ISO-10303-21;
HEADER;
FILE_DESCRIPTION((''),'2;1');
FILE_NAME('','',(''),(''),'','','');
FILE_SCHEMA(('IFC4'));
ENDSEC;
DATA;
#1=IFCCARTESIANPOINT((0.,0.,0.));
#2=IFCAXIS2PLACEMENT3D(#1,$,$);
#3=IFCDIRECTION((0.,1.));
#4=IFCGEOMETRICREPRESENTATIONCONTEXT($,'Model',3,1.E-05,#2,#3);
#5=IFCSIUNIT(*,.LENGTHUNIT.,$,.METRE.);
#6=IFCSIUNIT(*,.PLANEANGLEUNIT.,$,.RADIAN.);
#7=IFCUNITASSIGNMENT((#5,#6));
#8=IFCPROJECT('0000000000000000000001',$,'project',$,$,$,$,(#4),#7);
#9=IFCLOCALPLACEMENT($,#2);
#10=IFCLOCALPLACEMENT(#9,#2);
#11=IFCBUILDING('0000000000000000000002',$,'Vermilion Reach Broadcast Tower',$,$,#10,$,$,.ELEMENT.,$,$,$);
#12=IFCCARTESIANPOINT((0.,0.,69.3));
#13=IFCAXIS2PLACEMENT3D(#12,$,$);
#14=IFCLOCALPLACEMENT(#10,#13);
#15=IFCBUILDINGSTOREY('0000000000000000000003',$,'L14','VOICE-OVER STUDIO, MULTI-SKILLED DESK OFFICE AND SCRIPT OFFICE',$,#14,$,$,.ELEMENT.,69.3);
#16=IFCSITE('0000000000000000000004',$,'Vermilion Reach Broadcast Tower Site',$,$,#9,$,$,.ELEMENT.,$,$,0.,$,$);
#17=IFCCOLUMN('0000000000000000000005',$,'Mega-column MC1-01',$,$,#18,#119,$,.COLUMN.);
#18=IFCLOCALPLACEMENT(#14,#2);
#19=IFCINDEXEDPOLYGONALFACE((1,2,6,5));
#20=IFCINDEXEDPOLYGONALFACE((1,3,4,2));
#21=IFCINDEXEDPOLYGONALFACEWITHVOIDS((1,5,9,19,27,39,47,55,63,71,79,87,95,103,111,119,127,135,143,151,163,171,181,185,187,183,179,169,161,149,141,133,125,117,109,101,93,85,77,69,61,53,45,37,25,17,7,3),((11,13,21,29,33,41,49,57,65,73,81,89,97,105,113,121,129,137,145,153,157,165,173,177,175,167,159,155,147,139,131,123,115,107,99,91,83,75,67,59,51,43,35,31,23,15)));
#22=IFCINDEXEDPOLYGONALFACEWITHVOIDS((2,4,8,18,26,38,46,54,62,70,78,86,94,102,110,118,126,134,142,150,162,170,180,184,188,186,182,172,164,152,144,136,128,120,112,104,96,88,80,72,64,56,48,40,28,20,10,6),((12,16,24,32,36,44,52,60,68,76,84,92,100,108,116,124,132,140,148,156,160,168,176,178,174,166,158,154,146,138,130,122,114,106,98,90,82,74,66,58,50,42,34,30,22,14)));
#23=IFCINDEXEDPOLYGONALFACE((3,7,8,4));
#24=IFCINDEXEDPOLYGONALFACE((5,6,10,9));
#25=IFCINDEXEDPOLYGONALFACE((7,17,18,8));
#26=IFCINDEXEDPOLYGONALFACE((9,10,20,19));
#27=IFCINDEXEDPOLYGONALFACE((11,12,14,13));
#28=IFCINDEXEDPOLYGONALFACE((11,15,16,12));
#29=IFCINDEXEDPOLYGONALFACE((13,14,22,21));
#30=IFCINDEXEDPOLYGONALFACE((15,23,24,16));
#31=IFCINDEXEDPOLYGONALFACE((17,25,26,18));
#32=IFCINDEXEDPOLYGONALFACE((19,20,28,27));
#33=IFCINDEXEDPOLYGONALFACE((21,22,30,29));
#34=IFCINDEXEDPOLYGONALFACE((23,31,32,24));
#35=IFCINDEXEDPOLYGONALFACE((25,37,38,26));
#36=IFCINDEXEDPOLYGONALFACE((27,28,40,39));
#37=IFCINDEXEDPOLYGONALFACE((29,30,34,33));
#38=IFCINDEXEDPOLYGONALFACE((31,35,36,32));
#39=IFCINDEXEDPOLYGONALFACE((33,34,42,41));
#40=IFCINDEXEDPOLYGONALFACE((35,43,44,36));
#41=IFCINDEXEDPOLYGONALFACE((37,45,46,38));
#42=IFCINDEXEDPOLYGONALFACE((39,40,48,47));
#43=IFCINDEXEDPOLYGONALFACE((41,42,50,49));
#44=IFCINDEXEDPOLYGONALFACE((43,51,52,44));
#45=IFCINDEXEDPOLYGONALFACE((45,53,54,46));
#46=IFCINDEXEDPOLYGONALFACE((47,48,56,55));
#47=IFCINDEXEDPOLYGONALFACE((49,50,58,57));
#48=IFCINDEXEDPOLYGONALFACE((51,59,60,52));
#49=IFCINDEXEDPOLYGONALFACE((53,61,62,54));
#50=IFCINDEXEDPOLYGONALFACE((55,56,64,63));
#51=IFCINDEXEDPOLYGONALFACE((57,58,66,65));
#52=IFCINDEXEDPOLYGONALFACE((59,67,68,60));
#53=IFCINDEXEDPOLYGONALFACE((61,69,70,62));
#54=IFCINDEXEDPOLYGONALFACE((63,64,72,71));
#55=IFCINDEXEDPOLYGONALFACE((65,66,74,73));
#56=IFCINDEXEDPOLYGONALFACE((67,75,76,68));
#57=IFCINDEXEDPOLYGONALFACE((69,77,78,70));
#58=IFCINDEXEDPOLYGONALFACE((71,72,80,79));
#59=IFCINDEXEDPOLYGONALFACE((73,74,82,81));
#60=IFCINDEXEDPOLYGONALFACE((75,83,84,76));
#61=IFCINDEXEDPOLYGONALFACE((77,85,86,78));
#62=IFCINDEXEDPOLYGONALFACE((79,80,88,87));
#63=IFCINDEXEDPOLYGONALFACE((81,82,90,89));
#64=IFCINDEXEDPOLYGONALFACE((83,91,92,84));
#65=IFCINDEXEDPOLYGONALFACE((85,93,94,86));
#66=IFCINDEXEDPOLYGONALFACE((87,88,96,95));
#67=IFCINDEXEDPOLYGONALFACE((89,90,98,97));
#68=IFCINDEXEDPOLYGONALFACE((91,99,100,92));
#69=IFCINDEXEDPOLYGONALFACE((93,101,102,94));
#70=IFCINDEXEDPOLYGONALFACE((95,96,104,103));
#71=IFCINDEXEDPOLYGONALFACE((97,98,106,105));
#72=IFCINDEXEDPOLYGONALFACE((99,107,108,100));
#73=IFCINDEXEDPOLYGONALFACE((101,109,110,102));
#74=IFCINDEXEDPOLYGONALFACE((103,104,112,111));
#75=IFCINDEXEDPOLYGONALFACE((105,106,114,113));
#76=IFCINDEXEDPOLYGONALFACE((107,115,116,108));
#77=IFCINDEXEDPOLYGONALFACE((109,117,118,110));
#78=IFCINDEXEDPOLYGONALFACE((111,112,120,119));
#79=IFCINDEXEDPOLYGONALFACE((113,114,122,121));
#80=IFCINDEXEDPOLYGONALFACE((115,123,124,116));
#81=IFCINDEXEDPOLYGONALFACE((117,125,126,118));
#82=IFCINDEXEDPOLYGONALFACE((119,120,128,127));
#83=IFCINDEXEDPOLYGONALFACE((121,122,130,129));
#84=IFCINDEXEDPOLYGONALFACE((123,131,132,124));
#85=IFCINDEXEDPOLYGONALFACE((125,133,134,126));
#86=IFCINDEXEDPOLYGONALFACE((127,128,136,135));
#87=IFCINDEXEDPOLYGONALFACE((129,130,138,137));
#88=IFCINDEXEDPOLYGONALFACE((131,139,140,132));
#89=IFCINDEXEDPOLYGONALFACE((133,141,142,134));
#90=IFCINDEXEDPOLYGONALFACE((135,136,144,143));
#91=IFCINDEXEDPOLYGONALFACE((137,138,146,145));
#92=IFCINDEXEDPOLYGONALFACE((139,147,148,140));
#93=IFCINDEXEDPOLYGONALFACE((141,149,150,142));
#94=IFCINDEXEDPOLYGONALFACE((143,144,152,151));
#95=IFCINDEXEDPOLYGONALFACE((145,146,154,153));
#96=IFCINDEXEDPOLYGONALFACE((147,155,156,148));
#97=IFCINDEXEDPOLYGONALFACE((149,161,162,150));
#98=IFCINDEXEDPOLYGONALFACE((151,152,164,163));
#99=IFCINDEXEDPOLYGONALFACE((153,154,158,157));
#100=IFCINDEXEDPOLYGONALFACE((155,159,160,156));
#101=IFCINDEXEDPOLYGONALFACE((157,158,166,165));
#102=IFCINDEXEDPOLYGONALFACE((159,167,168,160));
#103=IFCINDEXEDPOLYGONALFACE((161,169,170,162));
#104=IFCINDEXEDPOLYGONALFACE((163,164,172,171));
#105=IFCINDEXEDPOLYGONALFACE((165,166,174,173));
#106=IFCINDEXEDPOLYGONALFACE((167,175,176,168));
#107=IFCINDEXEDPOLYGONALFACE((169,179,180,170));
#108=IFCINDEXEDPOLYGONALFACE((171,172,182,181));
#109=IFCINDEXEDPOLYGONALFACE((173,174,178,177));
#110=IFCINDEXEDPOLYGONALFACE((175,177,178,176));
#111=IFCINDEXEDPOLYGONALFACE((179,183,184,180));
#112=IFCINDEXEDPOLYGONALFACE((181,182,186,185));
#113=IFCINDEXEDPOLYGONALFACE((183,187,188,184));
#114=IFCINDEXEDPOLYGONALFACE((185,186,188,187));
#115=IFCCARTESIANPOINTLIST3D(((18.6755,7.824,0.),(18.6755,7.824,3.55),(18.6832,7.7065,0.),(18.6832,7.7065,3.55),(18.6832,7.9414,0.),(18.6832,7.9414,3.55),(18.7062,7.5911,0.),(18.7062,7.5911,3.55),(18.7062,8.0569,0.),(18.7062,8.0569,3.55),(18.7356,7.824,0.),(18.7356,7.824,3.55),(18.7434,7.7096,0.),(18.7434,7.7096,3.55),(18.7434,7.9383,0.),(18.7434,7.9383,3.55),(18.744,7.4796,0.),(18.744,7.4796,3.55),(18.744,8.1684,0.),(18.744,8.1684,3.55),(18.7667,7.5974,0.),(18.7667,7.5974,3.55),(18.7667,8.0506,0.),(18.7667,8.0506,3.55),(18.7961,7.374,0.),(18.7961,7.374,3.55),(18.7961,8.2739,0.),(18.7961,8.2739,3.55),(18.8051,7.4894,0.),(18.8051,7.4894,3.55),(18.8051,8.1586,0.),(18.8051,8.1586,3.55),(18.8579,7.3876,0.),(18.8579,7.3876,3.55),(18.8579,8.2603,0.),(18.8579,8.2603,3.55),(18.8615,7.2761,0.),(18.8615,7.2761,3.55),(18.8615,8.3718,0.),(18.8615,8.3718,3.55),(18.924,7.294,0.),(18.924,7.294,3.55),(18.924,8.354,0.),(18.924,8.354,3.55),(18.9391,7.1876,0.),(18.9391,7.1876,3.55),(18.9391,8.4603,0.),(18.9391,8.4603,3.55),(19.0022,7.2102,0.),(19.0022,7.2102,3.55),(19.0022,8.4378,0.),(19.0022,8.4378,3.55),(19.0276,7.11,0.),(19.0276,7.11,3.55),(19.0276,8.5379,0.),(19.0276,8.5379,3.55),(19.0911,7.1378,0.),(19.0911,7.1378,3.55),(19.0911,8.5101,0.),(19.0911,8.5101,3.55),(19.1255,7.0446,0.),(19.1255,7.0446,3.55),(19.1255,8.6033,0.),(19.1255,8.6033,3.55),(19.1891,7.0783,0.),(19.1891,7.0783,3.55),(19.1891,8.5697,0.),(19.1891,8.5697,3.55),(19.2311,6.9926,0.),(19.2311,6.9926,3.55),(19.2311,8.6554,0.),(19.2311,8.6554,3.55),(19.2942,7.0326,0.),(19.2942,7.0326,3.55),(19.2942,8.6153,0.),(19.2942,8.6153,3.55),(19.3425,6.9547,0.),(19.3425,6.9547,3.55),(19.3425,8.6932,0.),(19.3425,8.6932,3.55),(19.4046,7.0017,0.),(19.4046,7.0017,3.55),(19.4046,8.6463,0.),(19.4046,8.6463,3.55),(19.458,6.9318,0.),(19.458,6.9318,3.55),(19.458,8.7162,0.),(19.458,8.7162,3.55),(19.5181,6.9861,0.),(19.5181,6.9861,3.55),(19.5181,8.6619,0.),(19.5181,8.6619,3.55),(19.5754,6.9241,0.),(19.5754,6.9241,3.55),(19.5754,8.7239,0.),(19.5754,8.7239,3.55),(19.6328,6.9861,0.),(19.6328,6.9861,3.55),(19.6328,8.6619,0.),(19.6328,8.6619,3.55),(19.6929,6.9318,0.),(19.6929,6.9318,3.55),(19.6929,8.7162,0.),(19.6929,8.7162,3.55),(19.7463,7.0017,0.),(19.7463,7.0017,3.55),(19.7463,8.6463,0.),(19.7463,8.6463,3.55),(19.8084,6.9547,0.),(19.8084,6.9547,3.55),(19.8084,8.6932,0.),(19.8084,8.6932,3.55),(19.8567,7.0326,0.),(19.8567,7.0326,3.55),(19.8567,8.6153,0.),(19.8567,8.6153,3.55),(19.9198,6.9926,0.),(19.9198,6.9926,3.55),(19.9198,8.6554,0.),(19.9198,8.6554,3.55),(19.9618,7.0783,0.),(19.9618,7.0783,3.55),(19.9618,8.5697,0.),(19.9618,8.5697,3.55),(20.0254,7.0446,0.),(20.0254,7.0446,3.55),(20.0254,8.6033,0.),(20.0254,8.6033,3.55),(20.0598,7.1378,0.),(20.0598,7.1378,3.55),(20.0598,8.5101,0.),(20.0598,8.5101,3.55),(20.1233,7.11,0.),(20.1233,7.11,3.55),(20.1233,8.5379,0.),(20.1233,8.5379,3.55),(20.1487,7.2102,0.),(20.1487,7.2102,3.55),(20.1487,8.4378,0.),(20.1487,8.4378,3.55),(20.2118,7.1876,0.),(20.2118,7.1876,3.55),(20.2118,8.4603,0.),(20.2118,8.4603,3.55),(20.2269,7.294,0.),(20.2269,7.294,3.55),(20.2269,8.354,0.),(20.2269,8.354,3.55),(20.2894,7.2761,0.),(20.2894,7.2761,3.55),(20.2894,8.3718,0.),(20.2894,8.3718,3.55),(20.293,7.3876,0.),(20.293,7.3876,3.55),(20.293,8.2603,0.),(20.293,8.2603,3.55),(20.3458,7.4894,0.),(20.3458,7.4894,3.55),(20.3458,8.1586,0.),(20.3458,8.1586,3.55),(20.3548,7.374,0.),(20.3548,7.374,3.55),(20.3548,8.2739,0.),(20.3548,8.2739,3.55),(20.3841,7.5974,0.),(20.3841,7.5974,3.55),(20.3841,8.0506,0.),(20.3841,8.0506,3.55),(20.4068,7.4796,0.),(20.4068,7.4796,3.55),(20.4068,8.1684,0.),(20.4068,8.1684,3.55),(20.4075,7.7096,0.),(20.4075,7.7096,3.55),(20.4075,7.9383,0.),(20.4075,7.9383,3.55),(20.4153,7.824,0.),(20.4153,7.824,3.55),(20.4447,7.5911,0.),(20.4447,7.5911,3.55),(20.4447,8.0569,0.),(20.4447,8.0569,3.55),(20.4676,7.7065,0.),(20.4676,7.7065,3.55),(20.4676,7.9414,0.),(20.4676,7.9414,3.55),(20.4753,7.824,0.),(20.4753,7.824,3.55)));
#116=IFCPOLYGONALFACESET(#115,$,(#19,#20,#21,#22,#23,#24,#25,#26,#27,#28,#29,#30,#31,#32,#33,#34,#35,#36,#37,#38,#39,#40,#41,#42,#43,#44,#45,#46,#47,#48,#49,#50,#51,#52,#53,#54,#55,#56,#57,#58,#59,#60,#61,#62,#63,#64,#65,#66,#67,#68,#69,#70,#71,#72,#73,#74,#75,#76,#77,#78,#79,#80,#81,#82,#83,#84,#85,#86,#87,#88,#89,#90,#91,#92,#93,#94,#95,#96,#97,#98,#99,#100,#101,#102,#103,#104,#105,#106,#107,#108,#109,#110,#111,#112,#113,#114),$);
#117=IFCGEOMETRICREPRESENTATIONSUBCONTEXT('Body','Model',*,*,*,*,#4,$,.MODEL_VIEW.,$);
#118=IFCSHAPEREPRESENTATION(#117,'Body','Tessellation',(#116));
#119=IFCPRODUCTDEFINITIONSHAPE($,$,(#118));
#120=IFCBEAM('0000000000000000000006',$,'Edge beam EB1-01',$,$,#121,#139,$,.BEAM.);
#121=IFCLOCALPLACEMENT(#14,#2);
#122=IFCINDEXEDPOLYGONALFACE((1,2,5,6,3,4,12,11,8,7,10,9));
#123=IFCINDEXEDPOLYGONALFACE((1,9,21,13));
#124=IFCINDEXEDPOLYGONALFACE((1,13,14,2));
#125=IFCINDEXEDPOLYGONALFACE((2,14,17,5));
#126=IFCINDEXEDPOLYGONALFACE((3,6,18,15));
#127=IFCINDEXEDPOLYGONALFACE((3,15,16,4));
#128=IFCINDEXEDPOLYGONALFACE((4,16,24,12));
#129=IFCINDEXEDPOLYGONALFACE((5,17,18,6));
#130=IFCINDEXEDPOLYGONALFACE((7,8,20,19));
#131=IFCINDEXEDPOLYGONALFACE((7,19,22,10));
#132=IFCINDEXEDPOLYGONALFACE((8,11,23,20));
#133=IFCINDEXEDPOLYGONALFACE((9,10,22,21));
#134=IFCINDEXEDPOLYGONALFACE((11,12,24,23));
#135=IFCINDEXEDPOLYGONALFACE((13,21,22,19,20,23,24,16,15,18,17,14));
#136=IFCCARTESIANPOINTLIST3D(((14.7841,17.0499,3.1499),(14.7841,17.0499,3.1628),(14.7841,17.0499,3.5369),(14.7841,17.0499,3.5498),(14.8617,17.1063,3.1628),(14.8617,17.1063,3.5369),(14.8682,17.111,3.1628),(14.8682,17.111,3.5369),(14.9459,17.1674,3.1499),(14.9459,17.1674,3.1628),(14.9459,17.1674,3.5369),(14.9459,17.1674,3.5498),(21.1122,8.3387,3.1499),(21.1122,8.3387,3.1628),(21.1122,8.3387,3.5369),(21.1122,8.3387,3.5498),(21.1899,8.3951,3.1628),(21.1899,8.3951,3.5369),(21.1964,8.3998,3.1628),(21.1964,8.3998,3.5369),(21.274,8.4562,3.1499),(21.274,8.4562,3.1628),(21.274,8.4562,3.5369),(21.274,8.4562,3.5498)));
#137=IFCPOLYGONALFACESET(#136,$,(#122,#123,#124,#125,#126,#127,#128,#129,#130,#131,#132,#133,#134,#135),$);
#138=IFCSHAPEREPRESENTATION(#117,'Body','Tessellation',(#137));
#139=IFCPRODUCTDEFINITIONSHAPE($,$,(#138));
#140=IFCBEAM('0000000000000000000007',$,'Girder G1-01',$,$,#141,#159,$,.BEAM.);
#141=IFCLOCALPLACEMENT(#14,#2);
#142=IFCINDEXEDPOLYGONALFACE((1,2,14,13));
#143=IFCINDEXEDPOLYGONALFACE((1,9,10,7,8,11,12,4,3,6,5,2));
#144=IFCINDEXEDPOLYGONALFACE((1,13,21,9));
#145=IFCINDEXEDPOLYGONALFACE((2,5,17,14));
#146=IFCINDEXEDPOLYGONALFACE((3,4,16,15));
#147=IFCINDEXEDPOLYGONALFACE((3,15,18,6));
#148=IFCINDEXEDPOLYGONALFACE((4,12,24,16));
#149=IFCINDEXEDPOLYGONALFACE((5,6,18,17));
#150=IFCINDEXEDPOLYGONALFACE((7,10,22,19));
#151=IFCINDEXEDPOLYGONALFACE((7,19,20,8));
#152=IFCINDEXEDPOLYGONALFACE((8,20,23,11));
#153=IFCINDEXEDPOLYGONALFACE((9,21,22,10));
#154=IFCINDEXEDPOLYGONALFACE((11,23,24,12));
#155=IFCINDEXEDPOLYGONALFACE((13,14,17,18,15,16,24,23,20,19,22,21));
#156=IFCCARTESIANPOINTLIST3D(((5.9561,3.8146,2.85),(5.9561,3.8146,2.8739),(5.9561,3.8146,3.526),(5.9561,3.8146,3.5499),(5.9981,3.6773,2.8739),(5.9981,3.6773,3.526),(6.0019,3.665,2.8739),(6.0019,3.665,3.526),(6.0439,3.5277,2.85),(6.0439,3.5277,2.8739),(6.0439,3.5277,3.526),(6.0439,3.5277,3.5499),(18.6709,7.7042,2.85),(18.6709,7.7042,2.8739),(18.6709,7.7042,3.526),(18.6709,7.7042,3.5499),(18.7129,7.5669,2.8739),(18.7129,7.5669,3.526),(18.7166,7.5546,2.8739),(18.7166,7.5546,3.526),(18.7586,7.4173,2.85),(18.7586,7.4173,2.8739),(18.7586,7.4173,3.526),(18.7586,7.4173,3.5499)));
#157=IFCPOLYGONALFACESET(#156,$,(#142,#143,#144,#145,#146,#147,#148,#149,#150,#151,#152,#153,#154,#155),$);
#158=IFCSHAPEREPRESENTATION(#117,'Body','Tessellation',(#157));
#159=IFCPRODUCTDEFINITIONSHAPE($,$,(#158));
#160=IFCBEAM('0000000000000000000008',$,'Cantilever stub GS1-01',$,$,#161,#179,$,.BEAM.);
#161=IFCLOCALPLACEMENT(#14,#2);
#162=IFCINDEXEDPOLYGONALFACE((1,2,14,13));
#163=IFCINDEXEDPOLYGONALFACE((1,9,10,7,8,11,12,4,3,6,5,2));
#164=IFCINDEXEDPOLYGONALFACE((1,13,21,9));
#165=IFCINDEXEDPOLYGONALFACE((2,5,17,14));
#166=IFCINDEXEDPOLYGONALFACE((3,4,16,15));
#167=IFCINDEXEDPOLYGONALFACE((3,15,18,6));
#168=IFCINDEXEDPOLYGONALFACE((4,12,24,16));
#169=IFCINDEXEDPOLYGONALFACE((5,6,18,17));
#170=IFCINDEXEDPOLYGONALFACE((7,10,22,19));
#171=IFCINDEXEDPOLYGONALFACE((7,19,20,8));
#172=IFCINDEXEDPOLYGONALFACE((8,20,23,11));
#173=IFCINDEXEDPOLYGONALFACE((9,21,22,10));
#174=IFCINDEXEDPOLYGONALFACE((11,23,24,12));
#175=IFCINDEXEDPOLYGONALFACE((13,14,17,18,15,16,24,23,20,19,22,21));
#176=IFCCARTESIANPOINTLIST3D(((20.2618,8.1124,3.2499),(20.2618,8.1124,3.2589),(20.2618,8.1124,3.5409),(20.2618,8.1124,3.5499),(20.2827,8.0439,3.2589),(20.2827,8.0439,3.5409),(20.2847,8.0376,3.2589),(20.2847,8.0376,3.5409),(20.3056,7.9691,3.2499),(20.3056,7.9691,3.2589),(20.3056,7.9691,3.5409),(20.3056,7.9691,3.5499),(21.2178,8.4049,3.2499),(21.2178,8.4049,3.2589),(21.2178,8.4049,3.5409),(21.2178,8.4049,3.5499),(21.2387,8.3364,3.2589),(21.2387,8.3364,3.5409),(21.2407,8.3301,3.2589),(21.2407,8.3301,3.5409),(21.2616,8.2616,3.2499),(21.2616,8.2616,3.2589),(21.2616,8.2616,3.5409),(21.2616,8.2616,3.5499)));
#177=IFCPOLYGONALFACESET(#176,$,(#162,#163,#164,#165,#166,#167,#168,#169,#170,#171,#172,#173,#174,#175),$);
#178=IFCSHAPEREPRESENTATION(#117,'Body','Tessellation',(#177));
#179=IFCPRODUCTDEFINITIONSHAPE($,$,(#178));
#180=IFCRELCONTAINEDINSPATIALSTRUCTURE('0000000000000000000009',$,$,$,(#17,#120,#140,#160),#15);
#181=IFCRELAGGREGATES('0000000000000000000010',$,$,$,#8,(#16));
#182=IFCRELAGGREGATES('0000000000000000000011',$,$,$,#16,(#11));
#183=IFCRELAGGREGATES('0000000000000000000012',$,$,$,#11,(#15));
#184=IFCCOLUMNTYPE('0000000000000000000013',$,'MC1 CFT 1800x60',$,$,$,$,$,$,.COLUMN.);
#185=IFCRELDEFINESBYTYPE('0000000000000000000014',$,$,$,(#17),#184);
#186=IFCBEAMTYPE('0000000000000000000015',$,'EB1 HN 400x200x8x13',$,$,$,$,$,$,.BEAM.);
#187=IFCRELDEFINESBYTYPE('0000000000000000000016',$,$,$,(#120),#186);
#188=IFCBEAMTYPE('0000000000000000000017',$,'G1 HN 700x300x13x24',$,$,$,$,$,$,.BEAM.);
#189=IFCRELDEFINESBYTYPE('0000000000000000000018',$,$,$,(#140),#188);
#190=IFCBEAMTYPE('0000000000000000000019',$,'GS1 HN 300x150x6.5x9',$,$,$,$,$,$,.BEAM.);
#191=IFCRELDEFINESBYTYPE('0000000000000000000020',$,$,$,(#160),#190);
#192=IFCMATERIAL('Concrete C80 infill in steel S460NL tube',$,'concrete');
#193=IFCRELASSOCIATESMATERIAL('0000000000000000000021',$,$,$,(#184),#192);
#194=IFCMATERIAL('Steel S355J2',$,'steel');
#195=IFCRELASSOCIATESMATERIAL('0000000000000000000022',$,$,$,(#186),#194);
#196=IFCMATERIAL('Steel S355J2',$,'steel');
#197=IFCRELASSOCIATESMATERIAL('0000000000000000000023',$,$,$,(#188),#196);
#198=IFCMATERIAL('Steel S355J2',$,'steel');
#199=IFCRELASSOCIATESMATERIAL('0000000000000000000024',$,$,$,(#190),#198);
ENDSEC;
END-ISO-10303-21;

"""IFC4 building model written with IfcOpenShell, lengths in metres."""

from ifc_helpers import new_model, si_unit, direction, frame, origin, origin_2d, place, context, subcontext, project, spatial, hollow_circle, i_section, extrude, material, material_profile, profile_set, type_object, element, save


model = new_model("IFC4")

# Units and contexts
model_context = context("Model", 3, precision=1e-05, world=origin(), true_north=direction((0.0, 1.0)))
body_context = subcontext(model_context, "Body", "Model", "MODEL_VIEW")
ifc_project = project(units=[si_unit("LENGTHUNIT", "METRE"), si_unit("PLANEANGLEUNIT", "RADIAN")], contexts=[model_context])

# Site, building, storey
site_placement = place(None, origin())
site = spatial("IfcSite", under=ifc_project, at=site_placement, Name="Vermilion Reach Broadcast Tower Site", CompositionType="ELEMENT", RefElevation=0.0)
building_placement = place(site_placement, origin())
building = spatial("IfcBuilding", under=site, at=building_placement, Name="Vermilion Reach Broadcast Tower", CompositionType="ELEMENT")
storey_placement = place(building_placement, frame((0.0, 0.0, 69.3)))
storey = spatial("IfcBuildingStorey", under=building, at=storey_placement, Name="L14", Description="VOICE-OVER STUDIO, MULTI-SKILLED DESK OFFICE AND SCRIPT OFFICE", CompositionType="ELEMENT", Elevation=69.3)

# Column
ifc_material_1 = material(Name="Concrete C80 infill in steel S460NL tube", Category="concrete")
ifc_material_profile_1 = material_profile(ifc_material_1, hollow_circle(Radius=0.8999, WallThickness=0.0601, at=origin_2d()), Name="Concrete C80 infill in steel S460NL tube CFT 1800x60")
ifc_profile_set_1 = profile_set([ifc_material_profile_1], Name="Concrete C80 infill in steel S460NL tube")
column_type = type_object("IfcColumnType", Name="MC1 CFT 1800x60", PredefinedType="COLUMN", material=ifc_profile_set_1)
column_placement = place(storey_placement, frame((19.5754, 7.824, 0.0), z_axis=(0.0, 0.0, 1.0), x_axis=(1.0, 0.0, 0.0)))
element("IfcColumn", 1, at=column_placement, inside=storey, type_object=column_type, Name="Mega-column MC1-01", PredefinedType="COLUMN", context=body_context, shape_type="SweptSolid", body=[
    extrude(hollow_circle(Radius=0.8999, WallThickness=0.0601, at=origin_2d()), origin(), (0.0, 0.0, 1.0), 3.55),
])

# Beams
ifc_material_2 = material(Name="Steel S355J2", Category="steel")
ifc_material_profile_2 = material_profile(ifc_material_2, i_section(OverallWidth=0.2, OverallDepth=0.3999, WebThickness=0.0081, FlangeThickness=0.0129, at=origin_2d()), Name="S355J2 HN 400x200x8x13")
ifc_profile_set_2 = profile_set([ifc_material_profile_2], Name="Steel S355J2")
beam_type_1 = type_object("IfcBeamType", Name="EB1 HN 400x200x8x13", PredefinedType="BEAM", material=ifc_profile_set_2)
beam_1_placement = place(storey_placement, frame((21.1931, 8.3975, 3.3499), z_axis=(-0.587729, 0.809058, 0.0), x_axis=(-0.809058, -0.587729, 0.0)))
element("IfcBeam", 2, at=beam_1_placement, inside=storey, type_object=beam_type_1, Name="Edge beam EB1-01", PredefinedType="BEAM", context=body_context, shape_type="SweptSolid", body=[
    extrude(i_section(OverallWidth=0.2, OverallDepth=0.3999, WebThickness=0.0081, FlangeThickness=0.0129, at=origin_2d()), origin(), (0.0, 0.0, 1.0), 10.7671),
])
ifc_material_3 = material(Name="Steel S355J2", Category="steel")
ifc_material_profile_3 = material_profile(ifc_material_3, i_section(OverallWidth=0.3, OverallDepth=0.7, WebThickness=0.0129, FlangeThickness=0.0239, at=origin_2d()), Name="S355J2 HN 700x300x13x24")
ifc_profile_set_3 = profile_set([ifc_material_profile_3], Name="Steel S355J2")
beam_type_2 = type_object("IfcBeamType", Name="G1 HN 700x300x13x24", PredefinedType="BEAM", material=ifc_profile_set_3)
beam_2_placement = place(storey_placement, frame((6.0, 3.6711, 3.2), z_axis=(0.956256, 0.292532, 0.0), x_axis=(-0.292532, 0.956256, 0.0)))
element("IfcBeam", 3, at=beam_2_placement, inside=storey, type_object=beam_type_2, Name="Girder G1-01", PredefinedType="BEAM", context=body_context, shape_type="SweptSolid", body=[
    extrude(i_section(OverallWidth=0.3, OverallDepth=0.7, WebThickness=0.0129, FlangeThickness=0.0239, at=origin_2d()), origin(), (0.0, 0.0, 1.0), 13.2964),
])
ifc_material_4 = material(Name="Steel S355J2", Category="steel")
ifc_material_profile_4 = material_profile(ifc_material_4, i_section(OverallWidth=0.1499, OverallDepth=0.3, WebThickness=0.0066, FlangeThickness=0.009, at=origin_2d()), Name="S355J2 HN 300x150x6.5x9")
ifc_profile_set_4 = profile_set([ifc_material_profile_4], Name="Steel S355J2")
beam_type_3 = type_object("IfcBeamType", Name="GS1 HN 300x150x6.5x9", PredefinedType="BEAM", material=ifc_profile_set_4)
beam_3_placement = place(storey_placement, frame((20.2837, 8.0408, 3.3999), z_axis=(0.956253, 0.292541, 0.0), x_axis=(-0.292541, 0.956253, 0.0)))
element("IfcBeam", 4, at=beam_3_placement, inside=storey, type_object=beam_type_3, Name="Cantilever stub GS1-01", PredefinedType="BEAM", context=body_context, shape_type="SweptSolid", body=[
    extrude(i_section(OverallWidth=0.1499, OverallDepth=0.3, WebThickness=0.0066, FlangeThickness=0.009, at=origin_2d()), origin(), (0.0, 0.0, 1.0), 0.9998),
])

save(model, "model.ifc")
